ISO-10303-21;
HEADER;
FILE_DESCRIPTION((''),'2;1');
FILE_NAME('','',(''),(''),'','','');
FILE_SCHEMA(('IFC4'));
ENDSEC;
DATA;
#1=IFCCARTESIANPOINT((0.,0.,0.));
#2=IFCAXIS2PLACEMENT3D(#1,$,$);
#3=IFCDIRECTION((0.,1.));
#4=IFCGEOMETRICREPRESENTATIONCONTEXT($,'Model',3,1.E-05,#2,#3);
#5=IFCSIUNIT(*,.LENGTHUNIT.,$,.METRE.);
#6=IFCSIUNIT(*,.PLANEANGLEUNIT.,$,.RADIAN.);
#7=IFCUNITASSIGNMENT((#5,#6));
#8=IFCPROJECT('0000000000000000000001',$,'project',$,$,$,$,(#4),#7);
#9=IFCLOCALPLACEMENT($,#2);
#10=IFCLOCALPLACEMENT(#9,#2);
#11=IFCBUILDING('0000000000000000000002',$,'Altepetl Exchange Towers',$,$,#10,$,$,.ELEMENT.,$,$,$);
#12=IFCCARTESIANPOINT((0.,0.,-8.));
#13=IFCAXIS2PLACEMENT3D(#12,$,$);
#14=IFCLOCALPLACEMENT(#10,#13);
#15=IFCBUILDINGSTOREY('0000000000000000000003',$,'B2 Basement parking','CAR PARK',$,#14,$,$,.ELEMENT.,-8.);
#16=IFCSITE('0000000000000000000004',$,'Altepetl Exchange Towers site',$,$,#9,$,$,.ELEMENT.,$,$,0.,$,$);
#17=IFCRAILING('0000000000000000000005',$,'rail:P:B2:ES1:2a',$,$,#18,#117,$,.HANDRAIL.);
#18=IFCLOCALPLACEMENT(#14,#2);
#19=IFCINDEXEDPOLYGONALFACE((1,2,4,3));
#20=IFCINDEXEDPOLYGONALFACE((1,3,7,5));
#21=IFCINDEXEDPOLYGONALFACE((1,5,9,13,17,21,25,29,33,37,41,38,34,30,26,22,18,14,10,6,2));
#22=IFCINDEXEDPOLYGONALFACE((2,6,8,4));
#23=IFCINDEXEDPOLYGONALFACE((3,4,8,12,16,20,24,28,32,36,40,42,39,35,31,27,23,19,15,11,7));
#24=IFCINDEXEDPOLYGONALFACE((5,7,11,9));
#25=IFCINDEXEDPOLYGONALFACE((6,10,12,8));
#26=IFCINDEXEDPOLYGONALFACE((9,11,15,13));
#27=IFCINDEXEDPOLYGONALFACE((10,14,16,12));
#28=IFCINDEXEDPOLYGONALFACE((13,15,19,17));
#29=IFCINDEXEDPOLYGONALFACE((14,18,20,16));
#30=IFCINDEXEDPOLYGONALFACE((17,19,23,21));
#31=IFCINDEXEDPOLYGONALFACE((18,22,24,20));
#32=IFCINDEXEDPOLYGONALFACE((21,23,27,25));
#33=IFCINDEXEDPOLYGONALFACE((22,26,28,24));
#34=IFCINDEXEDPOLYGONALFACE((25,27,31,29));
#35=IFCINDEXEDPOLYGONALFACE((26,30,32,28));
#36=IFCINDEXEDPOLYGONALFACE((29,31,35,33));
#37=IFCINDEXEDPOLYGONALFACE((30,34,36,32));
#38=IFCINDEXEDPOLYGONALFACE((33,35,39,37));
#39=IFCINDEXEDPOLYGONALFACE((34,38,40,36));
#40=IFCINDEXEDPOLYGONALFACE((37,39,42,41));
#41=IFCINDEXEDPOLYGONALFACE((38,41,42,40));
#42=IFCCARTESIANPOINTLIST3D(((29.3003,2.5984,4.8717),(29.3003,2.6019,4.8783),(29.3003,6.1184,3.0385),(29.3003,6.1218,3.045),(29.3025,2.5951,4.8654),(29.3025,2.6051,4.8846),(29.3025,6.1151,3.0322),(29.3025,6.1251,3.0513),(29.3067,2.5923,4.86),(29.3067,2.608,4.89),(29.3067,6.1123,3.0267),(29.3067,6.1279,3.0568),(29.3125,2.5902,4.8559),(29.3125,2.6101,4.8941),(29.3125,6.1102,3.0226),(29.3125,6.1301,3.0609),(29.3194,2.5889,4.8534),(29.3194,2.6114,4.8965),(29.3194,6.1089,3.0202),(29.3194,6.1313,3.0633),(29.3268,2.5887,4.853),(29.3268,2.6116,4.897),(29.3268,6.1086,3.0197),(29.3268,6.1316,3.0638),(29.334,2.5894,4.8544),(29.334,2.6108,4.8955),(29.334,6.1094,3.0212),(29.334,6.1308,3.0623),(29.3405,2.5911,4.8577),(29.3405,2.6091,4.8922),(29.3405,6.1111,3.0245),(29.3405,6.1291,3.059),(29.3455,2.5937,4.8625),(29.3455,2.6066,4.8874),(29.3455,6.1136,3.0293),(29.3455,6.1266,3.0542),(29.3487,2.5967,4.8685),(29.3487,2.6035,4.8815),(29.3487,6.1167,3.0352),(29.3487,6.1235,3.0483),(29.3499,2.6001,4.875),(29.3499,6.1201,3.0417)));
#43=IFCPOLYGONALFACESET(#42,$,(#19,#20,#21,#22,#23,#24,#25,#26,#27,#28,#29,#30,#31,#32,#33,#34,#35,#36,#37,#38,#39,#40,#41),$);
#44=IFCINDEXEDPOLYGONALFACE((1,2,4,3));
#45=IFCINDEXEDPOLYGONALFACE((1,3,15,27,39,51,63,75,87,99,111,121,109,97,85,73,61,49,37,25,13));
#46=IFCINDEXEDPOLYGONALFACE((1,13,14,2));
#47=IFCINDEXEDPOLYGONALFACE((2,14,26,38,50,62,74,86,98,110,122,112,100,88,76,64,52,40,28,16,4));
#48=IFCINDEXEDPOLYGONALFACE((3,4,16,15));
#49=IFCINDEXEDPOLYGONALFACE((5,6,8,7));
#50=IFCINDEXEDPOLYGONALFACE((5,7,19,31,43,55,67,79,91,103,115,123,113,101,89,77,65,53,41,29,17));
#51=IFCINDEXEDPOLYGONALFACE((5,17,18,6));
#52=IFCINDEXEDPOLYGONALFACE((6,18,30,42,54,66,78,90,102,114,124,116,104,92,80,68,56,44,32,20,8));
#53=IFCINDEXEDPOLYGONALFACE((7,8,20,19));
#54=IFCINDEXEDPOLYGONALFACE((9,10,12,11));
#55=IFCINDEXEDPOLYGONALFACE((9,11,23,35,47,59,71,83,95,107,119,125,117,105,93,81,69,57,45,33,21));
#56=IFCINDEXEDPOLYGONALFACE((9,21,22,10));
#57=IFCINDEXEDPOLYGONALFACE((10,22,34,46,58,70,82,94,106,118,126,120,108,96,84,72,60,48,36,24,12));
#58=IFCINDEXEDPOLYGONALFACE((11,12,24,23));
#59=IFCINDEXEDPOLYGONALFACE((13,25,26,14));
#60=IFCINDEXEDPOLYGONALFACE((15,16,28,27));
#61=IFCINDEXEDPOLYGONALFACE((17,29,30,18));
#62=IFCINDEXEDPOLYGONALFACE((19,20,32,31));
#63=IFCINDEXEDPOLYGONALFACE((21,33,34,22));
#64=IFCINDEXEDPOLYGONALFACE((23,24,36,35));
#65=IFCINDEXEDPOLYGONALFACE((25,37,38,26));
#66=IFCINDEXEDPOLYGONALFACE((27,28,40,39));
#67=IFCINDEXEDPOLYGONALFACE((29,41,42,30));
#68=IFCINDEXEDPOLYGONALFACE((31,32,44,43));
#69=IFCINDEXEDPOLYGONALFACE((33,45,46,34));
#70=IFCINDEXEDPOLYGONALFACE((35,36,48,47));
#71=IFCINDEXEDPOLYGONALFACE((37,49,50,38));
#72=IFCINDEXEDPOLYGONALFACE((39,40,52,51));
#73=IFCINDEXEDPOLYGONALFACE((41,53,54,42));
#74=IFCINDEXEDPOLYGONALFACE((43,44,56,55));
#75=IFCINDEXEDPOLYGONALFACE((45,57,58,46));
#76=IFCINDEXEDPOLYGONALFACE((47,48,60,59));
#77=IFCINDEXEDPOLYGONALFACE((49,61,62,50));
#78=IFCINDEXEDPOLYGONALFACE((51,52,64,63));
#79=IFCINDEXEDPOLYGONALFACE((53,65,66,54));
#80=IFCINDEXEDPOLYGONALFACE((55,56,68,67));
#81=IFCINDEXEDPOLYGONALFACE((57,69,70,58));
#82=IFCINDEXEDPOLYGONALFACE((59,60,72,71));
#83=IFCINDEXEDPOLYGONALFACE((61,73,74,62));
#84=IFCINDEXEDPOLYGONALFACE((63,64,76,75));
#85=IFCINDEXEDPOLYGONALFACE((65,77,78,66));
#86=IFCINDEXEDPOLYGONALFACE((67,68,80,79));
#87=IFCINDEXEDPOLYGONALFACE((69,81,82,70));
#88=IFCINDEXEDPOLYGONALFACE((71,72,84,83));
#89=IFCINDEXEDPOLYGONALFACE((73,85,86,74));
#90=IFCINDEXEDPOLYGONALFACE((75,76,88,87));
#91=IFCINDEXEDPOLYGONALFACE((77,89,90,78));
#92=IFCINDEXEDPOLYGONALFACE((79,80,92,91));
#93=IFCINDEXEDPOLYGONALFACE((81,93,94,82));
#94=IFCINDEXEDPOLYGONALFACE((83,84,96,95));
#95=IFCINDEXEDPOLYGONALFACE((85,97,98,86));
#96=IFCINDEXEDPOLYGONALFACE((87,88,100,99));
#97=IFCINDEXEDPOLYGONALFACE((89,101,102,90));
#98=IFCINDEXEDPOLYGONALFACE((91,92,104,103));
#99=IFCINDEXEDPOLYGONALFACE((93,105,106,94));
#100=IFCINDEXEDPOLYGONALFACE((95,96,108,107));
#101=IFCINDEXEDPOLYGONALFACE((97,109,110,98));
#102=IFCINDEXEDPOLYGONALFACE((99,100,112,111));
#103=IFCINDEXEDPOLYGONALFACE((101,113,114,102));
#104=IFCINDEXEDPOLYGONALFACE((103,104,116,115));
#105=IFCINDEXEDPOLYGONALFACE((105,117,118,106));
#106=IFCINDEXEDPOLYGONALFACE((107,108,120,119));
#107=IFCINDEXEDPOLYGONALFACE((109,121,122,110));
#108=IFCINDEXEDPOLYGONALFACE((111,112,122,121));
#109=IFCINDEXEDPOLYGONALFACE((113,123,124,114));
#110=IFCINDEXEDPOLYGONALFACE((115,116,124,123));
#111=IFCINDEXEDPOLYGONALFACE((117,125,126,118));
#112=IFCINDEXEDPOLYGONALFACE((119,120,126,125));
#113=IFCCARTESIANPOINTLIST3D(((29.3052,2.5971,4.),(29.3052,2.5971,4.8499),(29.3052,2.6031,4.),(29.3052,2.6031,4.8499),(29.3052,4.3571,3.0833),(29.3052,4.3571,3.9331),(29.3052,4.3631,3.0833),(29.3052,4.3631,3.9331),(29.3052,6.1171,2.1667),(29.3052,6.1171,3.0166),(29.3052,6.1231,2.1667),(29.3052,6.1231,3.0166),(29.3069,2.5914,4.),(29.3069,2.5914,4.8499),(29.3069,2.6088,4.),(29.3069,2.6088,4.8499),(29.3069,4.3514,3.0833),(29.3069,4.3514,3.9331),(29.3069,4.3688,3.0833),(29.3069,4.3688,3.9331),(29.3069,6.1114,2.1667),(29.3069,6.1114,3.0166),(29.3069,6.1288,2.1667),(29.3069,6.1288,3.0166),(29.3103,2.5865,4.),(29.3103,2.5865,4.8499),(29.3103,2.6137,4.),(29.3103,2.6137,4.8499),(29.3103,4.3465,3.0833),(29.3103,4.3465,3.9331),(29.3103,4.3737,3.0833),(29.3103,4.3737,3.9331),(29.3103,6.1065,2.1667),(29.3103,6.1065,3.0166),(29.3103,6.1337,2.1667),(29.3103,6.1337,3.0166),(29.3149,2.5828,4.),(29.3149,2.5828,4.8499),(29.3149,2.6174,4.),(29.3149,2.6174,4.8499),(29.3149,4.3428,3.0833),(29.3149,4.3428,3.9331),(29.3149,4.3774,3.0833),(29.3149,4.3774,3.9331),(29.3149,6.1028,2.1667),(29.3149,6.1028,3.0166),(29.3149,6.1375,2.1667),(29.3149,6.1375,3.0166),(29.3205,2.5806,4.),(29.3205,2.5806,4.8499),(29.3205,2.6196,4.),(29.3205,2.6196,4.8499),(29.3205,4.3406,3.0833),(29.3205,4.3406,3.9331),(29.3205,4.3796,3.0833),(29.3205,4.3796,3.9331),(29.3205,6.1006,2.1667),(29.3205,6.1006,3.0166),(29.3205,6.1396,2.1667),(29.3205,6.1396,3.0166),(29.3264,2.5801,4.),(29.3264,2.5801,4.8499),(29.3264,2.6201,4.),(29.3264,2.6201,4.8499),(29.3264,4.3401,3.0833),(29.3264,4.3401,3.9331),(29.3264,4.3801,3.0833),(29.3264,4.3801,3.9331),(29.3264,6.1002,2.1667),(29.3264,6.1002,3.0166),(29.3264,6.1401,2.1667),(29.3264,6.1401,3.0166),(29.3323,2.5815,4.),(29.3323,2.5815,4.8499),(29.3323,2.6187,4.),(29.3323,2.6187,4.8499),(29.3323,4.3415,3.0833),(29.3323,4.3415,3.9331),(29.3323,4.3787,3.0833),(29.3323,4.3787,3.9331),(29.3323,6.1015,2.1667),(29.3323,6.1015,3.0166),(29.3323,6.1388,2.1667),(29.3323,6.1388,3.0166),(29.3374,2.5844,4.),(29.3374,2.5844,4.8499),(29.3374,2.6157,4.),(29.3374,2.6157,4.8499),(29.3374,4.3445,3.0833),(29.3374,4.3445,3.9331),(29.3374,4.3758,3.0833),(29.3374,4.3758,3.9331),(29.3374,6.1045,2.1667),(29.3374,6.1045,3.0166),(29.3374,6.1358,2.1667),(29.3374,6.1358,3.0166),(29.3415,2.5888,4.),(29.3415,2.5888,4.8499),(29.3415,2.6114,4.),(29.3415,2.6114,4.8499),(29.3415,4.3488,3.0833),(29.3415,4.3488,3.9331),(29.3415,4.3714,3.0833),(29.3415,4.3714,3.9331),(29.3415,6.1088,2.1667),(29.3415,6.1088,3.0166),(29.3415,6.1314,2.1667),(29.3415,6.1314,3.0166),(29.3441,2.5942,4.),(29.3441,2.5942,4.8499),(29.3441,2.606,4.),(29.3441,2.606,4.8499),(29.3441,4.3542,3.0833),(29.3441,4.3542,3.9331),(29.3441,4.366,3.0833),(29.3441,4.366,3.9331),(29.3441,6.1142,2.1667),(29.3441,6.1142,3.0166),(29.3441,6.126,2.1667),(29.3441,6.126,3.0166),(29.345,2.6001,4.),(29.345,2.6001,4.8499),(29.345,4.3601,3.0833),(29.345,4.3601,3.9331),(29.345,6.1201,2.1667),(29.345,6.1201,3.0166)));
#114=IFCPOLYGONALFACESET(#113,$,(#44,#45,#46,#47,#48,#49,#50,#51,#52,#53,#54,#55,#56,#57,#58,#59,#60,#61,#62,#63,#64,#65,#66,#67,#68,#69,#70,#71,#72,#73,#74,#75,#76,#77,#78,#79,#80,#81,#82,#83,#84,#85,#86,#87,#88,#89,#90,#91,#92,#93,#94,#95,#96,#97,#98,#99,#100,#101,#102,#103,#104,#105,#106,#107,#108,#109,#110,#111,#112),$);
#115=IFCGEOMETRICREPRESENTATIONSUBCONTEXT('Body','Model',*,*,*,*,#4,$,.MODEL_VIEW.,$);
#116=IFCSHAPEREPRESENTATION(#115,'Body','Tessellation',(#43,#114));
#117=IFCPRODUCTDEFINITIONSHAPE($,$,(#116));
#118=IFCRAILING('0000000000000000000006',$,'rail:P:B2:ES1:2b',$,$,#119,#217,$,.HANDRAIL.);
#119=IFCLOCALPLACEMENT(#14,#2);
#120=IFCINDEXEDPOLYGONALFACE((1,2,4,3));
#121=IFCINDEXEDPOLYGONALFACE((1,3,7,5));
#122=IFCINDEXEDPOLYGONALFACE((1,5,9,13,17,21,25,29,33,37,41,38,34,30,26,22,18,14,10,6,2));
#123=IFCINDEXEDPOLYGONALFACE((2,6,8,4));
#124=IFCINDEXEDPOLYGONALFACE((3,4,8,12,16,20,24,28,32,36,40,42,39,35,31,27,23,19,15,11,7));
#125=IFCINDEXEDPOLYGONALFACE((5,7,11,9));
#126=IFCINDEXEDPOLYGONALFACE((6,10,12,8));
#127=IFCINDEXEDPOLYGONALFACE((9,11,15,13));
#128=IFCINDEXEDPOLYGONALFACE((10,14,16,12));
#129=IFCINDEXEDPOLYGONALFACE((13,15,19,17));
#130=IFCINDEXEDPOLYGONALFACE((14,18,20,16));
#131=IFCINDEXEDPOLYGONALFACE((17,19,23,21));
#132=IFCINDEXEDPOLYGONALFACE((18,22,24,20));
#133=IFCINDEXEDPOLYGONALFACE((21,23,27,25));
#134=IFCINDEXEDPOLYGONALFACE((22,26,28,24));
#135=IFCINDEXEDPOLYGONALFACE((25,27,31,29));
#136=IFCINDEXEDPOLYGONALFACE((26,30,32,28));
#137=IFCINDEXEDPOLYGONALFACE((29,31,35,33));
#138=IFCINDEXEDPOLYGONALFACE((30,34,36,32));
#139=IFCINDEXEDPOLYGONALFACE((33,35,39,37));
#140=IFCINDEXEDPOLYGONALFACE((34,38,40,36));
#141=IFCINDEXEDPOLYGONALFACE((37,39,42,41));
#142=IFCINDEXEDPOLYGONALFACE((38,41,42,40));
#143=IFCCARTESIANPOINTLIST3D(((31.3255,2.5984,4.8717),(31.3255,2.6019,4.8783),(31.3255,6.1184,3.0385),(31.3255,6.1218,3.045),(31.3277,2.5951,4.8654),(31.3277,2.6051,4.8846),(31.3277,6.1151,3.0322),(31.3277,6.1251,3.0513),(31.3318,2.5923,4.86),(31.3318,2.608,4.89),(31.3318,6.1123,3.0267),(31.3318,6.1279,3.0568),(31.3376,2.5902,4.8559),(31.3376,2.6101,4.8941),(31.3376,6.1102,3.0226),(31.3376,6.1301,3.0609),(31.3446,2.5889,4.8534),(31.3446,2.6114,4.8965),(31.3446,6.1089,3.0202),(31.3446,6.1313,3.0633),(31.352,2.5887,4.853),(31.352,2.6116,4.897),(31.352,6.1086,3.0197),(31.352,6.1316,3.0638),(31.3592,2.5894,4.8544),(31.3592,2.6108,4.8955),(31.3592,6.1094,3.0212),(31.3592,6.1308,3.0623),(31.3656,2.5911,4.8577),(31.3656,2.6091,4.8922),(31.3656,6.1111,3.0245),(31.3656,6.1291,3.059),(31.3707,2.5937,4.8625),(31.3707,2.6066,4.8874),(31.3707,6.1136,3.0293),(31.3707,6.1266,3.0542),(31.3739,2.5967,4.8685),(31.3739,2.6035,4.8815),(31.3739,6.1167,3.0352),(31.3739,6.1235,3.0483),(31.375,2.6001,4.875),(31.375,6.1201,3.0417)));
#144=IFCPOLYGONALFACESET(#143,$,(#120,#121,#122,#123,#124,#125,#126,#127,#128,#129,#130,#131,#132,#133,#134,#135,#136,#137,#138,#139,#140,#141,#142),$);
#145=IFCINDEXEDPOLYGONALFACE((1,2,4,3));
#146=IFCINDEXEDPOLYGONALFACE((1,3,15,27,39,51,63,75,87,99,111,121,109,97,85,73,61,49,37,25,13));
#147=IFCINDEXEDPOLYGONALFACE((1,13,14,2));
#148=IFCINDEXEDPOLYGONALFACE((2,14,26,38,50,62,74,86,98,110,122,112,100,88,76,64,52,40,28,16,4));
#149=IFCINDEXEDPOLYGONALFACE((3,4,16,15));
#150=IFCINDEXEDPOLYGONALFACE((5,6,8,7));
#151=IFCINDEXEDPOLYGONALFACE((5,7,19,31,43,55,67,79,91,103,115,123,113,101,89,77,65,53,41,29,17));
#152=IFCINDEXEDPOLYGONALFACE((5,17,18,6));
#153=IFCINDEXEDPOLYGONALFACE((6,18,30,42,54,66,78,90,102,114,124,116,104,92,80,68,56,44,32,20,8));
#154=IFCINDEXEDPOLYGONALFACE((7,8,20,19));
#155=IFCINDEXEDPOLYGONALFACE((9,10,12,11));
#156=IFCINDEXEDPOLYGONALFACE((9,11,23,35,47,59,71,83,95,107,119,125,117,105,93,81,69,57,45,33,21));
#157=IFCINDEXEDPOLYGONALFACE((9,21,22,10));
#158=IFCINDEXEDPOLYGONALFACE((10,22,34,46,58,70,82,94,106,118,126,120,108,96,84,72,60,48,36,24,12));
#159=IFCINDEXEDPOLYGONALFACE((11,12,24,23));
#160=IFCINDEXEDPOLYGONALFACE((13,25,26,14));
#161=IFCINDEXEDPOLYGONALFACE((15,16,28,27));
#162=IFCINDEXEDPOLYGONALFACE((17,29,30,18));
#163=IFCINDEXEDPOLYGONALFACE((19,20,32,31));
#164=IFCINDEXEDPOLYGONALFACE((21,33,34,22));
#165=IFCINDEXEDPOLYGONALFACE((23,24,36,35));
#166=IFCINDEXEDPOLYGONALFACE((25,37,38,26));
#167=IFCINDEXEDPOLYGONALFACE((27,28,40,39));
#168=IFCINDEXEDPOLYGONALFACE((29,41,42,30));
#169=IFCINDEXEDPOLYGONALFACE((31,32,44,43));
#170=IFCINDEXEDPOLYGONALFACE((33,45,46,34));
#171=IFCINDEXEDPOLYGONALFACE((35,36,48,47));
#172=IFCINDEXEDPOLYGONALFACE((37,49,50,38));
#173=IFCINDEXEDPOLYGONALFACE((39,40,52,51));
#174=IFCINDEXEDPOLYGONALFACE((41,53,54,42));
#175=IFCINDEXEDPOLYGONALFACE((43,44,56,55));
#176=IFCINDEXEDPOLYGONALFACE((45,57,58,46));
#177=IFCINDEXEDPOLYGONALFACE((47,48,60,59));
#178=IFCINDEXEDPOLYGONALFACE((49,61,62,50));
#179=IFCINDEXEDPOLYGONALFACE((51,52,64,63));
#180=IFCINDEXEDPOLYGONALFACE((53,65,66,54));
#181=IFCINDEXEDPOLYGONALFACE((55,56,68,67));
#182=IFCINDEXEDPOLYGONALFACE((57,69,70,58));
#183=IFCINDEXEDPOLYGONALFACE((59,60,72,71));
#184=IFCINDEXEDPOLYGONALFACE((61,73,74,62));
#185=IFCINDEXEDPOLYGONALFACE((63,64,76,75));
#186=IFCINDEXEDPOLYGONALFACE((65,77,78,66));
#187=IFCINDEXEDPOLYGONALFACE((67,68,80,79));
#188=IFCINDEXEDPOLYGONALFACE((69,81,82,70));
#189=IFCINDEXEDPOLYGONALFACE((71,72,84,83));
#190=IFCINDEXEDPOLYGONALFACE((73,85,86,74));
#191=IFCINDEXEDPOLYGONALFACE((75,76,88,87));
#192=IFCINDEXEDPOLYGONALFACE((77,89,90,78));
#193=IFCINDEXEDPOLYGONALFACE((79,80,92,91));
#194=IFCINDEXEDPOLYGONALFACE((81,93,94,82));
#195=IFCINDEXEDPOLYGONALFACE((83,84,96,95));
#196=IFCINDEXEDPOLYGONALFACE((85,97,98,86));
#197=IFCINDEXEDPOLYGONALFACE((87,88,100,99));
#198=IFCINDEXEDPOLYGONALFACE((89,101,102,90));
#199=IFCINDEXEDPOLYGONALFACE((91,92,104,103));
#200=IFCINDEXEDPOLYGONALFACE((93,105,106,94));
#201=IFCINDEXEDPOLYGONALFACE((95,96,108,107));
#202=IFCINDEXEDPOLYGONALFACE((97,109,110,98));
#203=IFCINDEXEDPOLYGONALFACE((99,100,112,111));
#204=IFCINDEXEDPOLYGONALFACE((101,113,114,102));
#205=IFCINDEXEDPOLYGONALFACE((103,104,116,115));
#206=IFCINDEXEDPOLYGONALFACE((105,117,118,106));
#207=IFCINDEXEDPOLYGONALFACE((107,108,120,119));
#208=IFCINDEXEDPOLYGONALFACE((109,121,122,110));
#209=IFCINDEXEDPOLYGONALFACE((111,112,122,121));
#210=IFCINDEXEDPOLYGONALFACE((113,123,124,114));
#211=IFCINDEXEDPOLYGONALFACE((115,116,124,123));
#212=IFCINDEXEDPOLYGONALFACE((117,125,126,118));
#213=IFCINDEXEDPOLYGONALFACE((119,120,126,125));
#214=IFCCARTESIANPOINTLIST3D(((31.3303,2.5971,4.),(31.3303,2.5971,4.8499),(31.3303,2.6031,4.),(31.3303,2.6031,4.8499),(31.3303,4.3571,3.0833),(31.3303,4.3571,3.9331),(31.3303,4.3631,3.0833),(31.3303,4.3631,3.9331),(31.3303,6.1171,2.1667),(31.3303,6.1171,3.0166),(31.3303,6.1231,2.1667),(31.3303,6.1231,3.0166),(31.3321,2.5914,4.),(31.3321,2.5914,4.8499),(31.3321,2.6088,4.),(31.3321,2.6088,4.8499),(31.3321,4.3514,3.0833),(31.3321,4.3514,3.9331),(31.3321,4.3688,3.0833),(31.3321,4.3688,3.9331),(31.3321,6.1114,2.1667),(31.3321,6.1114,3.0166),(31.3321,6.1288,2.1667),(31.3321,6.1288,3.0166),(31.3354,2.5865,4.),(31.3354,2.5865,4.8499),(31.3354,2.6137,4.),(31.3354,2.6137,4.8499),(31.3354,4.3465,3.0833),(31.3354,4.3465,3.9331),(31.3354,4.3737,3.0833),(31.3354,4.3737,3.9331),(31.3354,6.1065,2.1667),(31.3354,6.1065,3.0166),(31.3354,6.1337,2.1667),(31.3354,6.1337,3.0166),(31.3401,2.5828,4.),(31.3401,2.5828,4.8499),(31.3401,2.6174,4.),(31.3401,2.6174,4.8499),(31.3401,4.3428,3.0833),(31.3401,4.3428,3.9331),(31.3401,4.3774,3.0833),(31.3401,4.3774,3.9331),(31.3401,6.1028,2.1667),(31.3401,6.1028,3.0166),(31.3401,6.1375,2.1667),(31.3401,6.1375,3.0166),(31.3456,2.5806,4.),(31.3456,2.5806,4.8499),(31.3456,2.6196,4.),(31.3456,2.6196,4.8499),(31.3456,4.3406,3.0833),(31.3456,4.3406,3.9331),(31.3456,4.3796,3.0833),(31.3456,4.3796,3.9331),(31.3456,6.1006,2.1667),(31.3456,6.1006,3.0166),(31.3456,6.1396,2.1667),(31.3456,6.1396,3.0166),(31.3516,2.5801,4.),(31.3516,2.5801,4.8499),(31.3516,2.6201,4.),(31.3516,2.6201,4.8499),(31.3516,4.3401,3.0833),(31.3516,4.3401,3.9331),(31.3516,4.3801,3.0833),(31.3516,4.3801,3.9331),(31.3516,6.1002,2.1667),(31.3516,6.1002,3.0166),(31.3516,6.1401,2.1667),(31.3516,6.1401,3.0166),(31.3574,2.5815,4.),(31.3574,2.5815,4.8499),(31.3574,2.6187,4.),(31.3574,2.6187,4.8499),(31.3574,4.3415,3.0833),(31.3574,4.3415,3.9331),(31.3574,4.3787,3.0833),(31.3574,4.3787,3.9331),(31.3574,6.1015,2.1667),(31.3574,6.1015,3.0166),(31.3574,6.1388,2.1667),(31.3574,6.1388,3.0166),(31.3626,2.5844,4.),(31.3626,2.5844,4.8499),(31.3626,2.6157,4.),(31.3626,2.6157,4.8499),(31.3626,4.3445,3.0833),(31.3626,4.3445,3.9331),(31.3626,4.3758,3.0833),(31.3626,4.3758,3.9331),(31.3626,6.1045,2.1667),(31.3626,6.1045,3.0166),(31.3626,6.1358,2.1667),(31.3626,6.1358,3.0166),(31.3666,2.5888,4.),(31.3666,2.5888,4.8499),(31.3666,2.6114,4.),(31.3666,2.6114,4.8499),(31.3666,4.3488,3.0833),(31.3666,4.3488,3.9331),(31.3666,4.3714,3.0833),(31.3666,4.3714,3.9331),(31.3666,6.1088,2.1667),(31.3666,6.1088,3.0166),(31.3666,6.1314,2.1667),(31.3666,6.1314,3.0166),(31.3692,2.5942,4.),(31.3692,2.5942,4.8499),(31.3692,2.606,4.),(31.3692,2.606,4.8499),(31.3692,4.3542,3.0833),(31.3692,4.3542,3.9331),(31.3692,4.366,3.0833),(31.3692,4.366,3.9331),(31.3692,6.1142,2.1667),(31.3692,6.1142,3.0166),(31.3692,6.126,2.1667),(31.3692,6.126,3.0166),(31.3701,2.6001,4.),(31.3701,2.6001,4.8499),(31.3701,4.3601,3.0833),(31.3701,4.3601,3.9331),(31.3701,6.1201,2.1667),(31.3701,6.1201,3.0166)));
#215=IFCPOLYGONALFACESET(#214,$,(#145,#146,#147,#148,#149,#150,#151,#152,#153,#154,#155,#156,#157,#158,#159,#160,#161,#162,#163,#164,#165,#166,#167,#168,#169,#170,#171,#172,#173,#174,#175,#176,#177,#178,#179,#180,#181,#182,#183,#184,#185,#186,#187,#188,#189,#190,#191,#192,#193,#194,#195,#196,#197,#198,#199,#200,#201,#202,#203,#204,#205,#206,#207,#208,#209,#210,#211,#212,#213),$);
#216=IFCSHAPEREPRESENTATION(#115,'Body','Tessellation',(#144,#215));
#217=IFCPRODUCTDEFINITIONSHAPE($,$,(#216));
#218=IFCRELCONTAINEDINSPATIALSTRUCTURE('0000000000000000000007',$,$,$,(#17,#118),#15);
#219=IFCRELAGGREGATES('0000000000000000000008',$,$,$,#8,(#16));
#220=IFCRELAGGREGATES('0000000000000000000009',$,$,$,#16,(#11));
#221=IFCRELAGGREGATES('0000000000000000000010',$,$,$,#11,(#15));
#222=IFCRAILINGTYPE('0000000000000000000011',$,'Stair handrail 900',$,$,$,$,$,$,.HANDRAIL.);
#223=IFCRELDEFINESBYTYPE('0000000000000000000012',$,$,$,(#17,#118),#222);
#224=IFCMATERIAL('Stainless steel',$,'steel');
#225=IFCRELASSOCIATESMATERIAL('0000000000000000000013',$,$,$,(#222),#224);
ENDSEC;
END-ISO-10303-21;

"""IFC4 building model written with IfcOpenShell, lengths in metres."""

from ifc_helpers import new_model, si_unit, direction, frame, origin, origin_2d, place, context, subcontext, project, spatial, circle, extrude, source, transform, mapped, material, type_object, element, save


model = new_model("IFC4")

# Units and contexts
model_context = context("Model", 3, precision=1e-05, world=origin(), true_north=direction((0.0, 1.0)))
body_context = subcontext(model_context, "Body", "Model", "MODEL_VIEW")
ifc_project = project(units=[si_unit("LENGTHUNIT", "METRE"), si_unit("PLANEANGLEUNIT", "RADIAN")], contexts=[model_context])

# Site, building, storey
site_placement = place(None, origin())
site = spatial("IfcSite", under=ifc_project, at=site_placement, Name="Altepetl Exchange Towers site", CompositionType="ELEMENT", RefElevation=0.0)
building_placement = place(site_placement, origin())
building = spatial("IfcBuilding", under=site, at=building_placement, Name="Altepetl Exchange Towers", CompositionType="ELEMENT")
storey_placement = place(building_placement, frame((0.0, 0.0, -8.0)))
storey = spatial("IfcBuildingStorey", under=building, at=storey_placement, Name="B2 Basement parking", Description="CAR PARK", CompositionType="ELEMENT", Elevation=-8.0)

# Railings
ifc_material_1 = material(Name="Stainless steel", Category="steel")
railing_type_1 = type_object("IfcRailingType", Name="Stair handrail 900", PredefinedType="HANDRAIL", material=ifc_material_1)
shared_shape_1 = source(origin(), body_context, "Body", "SweptSolid", [
    extrude(circle(Radius=0.02, at=origin_2d()), origin(), (0.0, 0.0, 1.0), 0.8499),
])
for number, where, name in (
    (1, (29.325, 6.1201, 2.1667), "rail:P:B2:ES1:2a"),
    (2, (31.3501, 6.1201, 2.1667), "rail:P:B2:ES1:2b"),
):
    element("IfcRailing", number, at=place(storey_placement, frame(where)), inside=storey, type_object=railing_type_1, Name=name, PredefinedType="HANDRAIL", context=body_context, shape_type="SweptSolid", body=[
        extrude(circle(Radius=0.0249, at=origin_2d()), frame((0.0, 0.0, 0.875), z_axis=(0.0, -0.886924, 0.461916), x_axis=(1.0, 0.0, 0.0)), (0.0, 0.0, 1.0), 3.9688),
        mapped(shared_shape_1, transform((0.0, 0.0, 0.0))),
        mapped(shared_shape_1, transform((0.0, -1.76, 0.9165))),
        mapped(shared_shape_1, transform((0.0, -3.52, 1.8333))),
    ])

save(model, "model.ifc")
